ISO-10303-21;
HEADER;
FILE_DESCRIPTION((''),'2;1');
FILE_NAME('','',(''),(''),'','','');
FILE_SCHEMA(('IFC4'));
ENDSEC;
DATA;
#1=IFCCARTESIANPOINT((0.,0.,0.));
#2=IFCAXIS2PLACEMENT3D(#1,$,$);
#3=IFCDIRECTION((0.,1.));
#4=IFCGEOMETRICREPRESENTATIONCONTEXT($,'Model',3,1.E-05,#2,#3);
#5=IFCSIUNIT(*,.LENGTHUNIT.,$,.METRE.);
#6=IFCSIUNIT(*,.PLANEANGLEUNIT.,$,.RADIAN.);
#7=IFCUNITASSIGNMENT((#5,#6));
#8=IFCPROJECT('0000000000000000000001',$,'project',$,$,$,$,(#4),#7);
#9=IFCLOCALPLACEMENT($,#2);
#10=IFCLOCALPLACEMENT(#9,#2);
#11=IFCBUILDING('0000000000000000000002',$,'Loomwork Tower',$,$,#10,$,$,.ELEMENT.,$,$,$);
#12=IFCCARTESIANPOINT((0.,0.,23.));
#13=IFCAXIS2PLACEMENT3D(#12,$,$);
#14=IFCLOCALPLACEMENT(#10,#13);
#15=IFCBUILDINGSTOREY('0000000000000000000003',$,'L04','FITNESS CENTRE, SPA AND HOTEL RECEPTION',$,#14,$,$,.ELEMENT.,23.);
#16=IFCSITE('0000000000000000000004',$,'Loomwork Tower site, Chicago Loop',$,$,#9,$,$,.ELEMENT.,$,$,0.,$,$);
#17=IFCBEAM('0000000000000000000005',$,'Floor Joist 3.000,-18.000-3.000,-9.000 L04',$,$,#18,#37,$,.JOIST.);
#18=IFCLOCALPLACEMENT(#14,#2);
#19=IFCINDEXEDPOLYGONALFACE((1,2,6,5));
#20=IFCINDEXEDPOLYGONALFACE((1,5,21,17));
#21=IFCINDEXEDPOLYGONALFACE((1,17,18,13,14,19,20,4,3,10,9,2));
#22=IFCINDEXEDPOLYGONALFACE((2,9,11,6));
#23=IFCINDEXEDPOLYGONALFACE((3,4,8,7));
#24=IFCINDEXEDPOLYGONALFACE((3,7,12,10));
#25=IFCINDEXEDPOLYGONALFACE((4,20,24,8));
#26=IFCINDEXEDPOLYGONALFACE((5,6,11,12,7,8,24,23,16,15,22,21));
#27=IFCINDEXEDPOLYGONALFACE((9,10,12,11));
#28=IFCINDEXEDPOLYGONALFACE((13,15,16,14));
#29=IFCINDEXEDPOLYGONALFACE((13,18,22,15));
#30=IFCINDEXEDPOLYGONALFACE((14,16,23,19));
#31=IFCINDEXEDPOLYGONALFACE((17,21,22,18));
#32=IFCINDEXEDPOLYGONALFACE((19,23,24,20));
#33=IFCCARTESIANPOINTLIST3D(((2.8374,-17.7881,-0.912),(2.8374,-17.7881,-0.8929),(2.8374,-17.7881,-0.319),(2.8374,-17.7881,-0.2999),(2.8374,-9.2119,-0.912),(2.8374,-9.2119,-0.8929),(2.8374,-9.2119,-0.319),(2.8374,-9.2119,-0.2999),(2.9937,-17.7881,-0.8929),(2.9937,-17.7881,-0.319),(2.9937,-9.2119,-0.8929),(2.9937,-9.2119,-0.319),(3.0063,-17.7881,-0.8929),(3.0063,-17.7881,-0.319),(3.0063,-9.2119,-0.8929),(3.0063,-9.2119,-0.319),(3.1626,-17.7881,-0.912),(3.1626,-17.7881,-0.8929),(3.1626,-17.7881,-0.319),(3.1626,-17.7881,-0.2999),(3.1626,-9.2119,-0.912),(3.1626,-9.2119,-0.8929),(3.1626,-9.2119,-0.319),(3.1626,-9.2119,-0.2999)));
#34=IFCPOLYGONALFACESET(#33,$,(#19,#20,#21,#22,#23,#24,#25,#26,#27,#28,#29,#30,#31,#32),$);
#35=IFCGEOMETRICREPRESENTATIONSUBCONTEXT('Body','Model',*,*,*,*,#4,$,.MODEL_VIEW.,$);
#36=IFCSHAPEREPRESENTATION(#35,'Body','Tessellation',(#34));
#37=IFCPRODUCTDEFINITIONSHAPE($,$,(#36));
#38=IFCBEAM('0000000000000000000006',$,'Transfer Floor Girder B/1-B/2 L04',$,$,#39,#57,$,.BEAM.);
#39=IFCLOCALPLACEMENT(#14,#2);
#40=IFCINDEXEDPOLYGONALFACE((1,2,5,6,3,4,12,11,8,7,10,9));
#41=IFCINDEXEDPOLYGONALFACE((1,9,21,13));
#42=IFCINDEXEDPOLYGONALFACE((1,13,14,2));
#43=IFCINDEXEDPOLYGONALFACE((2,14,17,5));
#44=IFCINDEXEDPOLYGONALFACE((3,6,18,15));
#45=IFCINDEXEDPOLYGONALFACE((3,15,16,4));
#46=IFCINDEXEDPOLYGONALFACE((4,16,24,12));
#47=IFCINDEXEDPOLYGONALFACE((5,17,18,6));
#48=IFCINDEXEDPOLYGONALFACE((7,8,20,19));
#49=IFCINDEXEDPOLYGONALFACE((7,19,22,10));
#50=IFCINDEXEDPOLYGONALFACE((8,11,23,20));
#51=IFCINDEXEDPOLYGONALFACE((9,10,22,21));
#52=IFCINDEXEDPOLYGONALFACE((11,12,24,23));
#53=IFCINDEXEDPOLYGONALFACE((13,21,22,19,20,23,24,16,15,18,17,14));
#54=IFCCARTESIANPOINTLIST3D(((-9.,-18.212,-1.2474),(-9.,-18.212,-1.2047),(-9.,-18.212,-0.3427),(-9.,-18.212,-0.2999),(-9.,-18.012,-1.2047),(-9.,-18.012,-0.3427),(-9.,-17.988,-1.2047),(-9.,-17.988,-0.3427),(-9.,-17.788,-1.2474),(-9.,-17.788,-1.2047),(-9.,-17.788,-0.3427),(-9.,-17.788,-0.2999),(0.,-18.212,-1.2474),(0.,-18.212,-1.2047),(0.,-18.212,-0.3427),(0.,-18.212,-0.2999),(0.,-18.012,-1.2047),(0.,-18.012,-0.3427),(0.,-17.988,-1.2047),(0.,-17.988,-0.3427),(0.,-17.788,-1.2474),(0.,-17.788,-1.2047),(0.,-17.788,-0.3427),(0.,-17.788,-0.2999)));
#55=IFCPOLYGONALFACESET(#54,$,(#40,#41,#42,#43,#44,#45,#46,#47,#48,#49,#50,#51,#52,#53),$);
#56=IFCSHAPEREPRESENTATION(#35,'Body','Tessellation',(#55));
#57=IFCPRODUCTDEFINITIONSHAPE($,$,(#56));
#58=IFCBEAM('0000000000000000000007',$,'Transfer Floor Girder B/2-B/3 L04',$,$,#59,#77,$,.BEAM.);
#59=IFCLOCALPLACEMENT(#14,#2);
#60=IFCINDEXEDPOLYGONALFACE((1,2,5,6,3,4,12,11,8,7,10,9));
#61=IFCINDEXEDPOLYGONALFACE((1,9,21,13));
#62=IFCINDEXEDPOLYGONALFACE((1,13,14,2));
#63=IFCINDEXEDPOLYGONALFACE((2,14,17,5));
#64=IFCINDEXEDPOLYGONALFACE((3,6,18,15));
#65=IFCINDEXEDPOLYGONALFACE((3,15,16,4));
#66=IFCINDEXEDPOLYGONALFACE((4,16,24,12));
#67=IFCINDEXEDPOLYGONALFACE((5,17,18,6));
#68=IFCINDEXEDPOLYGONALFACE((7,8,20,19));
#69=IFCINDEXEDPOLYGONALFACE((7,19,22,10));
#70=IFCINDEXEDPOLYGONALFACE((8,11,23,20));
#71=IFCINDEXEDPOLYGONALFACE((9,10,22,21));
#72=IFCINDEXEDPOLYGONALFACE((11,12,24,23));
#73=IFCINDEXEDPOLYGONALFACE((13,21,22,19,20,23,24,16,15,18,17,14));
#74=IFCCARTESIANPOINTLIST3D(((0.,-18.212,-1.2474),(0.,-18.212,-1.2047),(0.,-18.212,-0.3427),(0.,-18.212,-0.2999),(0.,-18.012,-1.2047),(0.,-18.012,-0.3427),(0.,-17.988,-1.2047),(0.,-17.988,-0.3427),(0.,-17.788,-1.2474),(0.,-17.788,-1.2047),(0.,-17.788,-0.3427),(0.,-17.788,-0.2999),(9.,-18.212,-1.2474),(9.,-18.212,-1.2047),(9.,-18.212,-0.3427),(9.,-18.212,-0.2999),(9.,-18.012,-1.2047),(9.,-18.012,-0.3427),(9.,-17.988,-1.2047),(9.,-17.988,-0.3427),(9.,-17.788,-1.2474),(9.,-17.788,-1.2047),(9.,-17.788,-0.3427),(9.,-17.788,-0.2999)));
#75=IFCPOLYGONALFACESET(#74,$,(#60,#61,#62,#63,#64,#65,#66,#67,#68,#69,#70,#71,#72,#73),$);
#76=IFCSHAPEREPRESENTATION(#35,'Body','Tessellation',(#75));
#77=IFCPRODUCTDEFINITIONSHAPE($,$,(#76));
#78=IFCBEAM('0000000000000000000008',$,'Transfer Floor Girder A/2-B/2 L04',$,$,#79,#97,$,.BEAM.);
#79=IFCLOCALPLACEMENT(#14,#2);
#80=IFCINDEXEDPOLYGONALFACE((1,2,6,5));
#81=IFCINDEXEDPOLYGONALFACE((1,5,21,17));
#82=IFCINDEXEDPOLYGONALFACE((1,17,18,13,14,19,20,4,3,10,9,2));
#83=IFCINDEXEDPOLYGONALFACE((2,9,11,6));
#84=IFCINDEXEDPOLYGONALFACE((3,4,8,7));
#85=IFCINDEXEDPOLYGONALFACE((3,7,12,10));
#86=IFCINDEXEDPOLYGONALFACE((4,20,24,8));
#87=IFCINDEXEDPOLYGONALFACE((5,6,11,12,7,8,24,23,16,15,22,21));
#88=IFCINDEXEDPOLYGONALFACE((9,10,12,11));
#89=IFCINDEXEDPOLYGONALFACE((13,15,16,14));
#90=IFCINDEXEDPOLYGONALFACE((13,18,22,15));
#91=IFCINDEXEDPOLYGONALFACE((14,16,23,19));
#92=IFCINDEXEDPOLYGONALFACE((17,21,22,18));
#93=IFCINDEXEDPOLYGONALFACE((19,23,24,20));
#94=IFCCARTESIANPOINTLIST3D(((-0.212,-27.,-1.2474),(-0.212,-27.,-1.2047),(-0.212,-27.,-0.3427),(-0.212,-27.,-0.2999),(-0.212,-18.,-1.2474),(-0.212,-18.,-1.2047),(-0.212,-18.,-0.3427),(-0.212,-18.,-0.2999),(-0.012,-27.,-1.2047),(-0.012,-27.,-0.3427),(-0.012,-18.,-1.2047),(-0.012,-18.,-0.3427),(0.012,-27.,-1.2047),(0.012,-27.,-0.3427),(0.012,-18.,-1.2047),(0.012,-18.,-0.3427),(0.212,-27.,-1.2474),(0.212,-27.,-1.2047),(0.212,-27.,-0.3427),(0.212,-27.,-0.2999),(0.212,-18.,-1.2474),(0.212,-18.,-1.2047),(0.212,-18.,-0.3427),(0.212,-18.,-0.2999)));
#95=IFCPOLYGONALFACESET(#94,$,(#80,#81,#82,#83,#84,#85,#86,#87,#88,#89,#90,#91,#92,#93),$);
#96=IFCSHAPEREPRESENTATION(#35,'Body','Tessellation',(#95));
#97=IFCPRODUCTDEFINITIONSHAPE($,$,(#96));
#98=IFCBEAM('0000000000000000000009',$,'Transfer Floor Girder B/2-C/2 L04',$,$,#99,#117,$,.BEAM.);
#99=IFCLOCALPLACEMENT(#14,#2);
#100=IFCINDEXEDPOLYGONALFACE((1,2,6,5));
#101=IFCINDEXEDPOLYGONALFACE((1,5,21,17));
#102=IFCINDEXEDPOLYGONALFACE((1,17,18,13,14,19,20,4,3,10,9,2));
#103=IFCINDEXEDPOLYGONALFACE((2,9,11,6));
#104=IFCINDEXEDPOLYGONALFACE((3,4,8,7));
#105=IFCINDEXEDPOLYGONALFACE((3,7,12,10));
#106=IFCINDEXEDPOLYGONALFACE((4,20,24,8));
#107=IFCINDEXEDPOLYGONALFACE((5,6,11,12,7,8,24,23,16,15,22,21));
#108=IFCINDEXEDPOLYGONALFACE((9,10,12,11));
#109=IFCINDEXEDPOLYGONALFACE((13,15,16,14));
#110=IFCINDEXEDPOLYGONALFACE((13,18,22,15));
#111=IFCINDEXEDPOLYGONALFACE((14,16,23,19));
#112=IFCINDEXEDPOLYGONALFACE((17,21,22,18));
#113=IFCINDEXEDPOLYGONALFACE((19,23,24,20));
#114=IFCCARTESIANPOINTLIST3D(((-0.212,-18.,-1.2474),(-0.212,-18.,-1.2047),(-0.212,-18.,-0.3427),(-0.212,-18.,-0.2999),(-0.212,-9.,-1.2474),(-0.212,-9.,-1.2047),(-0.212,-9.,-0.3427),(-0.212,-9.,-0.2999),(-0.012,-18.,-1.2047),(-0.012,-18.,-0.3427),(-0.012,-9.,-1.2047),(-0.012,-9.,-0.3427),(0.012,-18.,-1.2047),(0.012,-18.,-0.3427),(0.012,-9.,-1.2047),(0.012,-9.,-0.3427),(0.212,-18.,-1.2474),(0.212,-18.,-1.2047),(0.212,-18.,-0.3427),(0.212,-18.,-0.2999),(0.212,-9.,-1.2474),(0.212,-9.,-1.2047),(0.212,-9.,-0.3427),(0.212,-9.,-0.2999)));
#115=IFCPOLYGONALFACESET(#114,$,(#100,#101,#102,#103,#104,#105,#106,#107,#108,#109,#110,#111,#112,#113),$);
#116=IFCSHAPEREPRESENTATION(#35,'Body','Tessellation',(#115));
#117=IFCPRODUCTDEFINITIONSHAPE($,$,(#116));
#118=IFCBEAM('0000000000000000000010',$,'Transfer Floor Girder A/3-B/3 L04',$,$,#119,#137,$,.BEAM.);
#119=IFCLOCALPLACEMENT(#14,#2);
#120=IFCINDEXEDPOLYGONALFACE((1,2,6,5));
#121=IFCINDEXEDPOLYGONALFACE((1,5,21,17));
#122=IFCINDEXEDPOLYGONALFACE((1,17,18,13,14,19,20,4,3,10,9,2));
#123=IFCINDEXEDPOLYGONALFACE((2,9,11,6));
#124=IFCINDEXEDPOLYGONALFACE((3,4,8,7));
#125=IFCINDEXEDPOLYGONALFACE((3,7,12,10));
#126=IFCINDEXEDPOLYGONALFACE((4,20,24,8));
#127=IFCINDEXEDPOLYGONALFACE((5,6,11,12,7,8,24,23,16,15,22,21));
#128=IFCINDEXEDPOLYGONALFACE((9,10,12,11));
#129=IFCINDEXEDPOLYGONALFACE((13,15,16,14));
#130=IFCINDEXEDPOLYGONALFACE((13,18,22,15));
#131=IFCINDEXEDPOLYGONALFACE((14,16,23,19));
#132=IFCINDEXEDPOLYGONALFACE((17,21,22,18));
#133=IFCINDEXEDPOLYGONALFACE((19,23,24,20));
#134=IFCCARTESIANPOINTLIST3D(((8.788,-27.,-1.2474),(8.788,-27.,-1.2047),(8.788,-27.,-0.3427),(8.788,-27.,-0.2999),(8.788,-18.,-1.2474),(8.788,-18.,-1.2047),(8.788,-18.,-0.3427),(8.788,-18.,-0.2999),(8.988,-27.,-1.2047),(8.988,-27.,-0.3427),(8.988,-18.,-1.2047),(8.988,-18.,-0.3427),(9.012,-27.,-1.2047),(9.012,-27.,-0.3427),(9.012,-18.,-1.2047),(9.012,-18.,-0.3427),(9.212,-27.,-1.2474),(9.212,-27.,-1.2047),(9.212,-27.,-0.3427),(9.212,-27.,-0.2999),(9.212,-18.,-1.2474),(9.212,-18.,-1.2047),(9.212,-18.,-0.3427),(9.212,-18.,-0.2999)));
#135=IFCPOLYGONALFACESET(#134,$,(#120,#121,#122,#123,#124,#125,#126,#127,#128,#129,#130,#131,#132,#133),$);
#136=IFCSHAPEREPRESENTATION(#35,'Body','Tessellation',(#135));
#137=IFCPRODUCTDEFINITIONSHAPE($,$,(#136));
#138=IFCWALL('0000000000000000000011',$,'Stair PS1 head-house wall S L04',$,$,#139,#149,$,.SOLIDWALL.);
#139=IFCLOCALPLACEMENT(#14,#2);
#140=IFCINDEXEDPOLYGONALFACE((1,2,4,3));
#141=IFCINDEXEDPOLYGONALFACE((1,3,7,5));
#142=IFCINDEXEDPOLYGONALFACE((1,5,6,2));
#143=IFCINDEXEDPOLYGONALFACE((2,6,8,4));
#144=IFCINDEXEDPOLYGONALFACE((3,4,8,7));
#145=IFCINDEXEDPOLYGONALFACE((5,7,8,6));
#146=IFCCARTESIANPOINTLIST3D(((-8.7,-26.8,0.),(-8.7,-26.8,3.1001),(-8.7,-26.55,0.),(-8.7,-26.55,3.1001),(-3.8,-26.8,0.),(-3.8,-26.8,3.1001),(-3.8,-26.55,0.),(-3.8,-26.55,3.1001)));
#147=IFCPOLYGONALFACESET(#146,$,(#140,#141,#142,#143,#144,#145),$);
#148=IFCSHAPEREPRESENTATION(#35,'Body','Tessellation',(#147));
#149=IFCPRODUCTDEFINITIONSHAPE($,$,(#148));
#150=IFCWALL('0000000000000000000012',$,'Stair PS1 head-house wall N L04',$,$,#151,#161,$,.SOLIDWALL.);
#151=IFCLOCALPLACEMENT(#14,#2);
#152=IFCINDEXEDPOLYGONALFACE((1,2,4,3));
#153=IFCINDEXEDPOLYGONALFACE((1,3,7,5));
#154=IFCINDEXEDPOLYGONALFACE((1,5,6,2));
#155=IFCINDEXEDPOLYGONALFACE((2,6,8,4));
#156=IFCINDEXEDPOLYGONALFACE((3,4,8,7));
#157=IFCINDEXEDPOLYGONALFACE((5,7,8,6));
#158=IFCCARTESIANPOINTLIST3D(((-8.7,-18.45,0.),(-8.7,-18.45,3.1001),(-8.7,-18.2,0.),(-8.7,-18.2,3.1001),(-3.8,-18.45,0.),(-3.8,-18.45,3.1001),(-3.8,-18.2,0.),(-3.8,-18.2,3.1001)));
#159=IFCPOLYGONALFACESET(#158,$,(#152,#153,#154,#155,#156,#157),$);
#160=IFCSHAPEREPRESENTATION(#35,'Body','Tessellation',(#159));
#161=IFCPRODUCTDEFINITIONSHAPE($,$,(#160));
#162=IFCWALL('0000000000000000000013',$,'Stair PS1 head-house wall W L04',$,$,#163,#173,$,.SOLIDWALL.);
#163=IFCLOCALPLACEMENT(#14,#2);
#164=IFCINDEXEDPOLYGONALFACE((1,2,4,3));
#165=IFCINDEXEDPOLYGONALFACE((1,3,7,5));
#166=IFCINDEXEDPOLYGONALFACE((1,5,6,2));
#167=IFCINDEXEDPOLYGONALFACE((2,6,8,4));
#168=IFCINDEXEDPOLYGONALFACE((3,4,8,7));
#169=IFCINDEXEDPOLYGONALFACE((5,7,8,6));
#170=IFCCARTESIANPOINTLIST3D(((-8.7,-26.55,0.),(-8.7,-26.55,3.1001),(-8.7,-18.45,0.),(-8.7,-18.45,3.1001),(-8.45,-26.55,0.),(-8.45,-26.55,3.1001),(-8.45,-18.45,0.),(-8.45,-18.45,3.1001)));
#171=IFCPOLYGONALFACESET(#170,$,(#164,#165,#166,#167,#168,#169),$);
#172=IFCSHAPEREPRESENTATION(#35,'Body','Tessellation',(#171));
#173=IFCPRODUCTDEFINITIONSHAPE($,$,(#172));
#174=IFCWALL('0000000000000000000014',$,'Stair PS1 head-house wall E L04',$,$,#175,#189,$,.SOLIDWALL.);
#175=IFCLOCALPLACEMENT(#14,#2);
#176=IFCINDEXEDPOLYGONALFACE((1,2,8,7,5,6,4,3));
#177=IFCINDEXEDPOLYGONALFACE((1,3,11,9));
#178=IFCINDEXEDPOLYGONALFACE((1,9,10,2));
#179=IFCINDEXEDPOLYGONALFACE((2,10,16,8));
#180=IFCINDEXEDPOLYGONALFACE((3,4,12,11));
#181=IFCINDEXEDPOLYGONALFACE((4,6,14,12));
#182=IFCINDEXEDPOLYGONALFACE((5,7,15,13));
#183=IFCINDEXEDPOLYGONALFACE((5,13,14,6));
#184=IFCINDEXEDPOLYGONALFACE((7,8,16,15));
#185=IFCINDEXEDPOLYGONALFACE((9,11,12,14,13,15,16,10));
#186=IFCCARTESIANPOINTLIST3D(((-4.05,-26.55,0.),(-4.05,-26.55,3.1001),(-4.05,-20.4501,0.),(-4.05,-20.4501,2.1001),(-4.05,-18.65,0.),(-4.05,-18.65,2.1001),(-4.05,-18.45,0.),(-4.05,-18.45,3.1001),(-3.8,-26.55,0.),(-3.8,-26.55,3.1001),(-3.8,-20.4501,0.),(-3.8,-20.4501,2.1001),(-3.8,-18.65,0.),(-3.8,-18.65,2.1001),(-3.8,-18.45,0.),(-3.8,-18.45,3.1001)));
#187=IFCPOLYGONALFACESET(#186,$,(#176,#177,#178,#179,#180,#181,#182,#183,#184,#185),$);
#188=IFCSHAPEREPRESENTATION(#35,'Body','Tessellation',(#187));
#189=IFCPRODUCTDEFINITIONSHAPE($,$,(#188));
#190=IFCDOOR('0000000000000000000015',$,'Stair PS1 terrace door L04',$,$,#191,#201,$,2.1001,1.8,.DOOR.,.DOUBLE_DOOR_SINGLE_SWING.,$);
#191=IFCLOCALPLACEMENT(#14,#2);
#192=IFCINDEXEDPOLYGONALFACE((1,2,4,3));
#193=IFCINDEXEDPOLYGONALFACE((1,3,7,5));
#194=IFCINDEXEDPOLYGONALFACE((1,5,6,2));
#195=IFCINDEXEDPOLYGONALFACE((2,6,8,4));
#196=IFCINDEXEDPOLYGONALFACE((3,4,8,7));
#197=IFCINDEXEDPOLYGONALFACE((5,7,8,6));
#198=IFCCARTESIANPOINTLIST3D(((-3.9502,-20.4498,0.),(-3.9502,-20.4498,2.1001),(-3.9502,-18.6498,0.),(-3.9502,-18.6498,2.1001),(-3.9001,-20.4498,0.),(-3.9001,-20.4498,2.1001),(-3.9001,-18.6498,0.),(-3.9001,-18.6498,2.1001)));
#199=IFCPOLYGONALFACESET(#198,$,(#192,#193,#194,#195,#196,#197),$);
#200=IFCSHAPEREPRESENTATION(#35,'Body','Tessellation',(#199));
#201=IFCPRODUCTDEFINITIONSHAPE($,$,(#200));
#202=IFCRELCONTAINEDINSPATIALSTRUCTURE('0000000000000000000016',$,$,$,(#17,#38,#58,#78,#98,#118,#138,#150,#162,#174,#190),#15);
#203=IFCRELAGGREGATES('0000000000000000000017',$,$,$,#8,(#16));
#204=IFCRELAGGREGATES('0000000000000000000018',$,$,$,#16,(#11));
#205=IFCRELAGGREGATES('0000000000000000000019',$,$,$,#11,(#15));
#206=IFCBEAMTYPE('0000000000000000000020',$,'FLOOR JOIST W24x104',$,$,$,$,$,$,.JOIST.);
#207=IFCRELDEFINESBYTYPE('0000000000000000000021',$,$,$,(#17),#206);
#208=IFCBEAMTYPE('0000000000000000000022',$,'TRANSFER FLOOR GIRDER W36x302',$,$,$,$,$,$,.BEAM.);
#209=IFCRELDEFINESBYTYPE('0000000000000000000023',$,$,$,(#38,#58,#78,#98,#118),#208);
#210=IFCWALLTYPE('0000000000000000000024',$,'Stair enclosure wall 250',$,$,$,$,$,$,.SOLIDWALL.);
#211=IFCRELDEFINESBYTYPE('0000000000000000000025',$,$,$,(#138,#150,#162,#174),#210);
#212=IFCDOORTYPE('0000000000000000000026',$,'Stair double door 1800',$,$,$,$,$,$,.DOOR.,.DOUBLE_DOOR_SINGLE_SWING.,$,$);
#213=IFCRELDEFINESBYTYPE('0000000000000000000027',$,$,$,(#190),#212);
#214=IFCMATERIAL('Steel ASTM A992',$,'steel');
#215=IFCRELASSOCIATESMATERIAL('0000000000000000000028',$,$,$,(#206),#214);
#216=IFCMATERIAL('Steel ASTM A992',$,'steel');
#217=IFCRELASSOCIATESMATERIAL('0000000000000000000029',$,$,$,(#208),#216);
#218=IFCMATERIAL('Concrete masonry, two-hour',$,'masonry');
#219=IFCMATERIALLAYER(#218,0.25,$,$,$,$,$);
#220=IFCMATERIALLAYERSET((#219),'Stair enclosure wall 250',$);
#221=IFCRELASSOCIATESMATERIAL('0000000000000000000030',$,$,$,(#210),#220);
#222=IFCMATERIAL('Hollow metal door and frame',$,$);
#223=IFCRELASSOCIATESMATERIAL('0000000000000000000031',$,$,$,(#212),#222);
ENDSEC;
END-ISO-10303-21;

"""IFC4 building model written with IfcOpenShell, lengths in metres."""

from ifc_helpers import new_model, si_unit, direction, frame, frame_2d, origin, origin_2d, place, context, subcontext, project, spatial, rectangle, i_section, extrude, material, layer, layer_set, material_profile, profile_set, type_object, element, fill, save


model = new_model("IFC4")

# Units and contexts
model_context = context("Model", 3, precision=1e-05, world=origin(), true_north=direction((0.0, 1.0)))
body_context = subcontext(model_context, "Body", "Model", "MODEL_VIEW")
ifc_project = project(units=[si_unit("LENGTHUNIT", "METRE"), si_unit("PLANEANGLEUNIT", "RADIAN")], contexts=[model_context])

# Site, building, storey
site_placement = place(None, origin())
site = spatial("IfcSite", under=ifc_project, at=site_placement, Name="Loomwork Tower site, Chicago Loop", CompositionType="ELEMENT", RefElevation=0.0)
building_placement = place(site_placement, origin())
building = spatial("IfcBuilding", under=site, at=building_placement, Name="Loomwork Tower", CompositionType="ELEMENT")
storey_placement = place(building_placement, frame((0.0, 0.0, 23.0)))
storey = spatial("IfcBuildingStorey", under=building, at=storey_placement, Name="L04", Description="FITNESS CENTRE, SPA AND HOTEL RECEPTION", CompositionType="ELEMENT", Elevation=23.0)

# Beams
ifc_material_1 = material(Name="Steel ASTM A992", Category="steel")
ifc_material_profile_1 = material_profile(ifc_material_1, i_section(OverallWidth=0.3252, OverallDepth=0.6121, WebThickness=0.0127, FlangeThickness=0.019, at=origin_2d()), Name="W24x104")
ifc_profile_set_1 = profile_set([ifc_material_profile_1], Name="Steel ASTM A992")
beam_type_1 = type_object("IfcBeamType", Name="FLOOR JOIST W24x104", PredefinedType="JOIST", material=ifc_profile_set_1)
beam_placement = place(storey_placement, frame((3.0, -17.7881, -0.606), z_axis=(0.0, 1.0, 0.0), x_axis=(-1.0, 0.0, 0.0)))
element("IfcBeam", 1, at=beam_placement, inside=storey, type_object=beam_type_1, Name="Floor Joist 3.000,-18.000-3.000,-9.000 L04", PredefinedType="JOIST", context=body_context, shape_type="SweptSolid", body=[
    extrude(i_section(OverallWidth=0.3252, OverallDepth=0.6121, WebThickness=0.0127, FlangeThickness=0.019, at=origin_2d()), origin(), (0.0, 0.0, 1.0), 8.5762),
])
ifc_material_2 = material(Name="Steel ASTM A992", Category="steel")
ifc_material_profile_2 = material_profile(ifc_material_2, i_section(OverallWidth=0.4241, OverallDepth=0.9475, WebThickness=0.0239, FlangeThickness=0.0427, at=origin_2d()), Name="W36x302")
ifc_profile_set_2 = profile_set([ifc_material_profile_2], Name="Steel ASTM A992")
beam_type_2 = type_object("IfcBeamType", Name="TRANSFER FLOOR GIRDER W36x302", PredefinedType="BEAM", material=ifc_profile_set_2)
for number, where, z_axis, x_axis, name in (
    (2, (-9.0, -18.0, -0.7737), (1.0, 0.0, 0.0), (0.0, 1.0, 0.0), "Transfer Floor Girder B/1-B/2 L04"),
    (3, (0.0, -18.0, -0.7737), (1.0, 0.0, 0.0), (0.0, 1.0, 0.0), "Transfer Floor Girder B/2-B/3 L04"),
    (4, (0.0, -27.0, -0.7737), (0.0, 1.0, 0.0), (-1.0, 0.0, 0.0), "Transfer Floor Girder A/2-B/2 L04"),
    (5, (0.0, -18.0, -0.7737), (0.0, 1.0, 0.0), (-1.0, 0.0, 0.0), "Transfer Floor Girder B/2-C/2 L04"),
    (6, (9.0, -27.0, -0.7737), (0.0, 1.0, 0.0), (-1.0, 0.0, 0.0), "Transfer Floor Girder A/3-B/3 L04"),
):
    element("IfcBeam", number, at=place(storey_placement, frame(where, z_axis=z_axis, x_axis=x_axis)), inside=storey, type_object=beam_type_2, Name=name, PredefinedType="BEAM", context=body_context, shape_type="SweptSolid", body=[
        extrude(i_section(OverallWidth=0.4241, OverallDepth=0.9475, WebThickness=0.0239, FlangeThickness=0.0427, at=origin_2d()), origin(), (0.0, 0.0, 1.0), 9.0),
    ])

# Walls
ifc_material_3 = material(Name="Concrete masonry, two-hour", Category="masonry")
ifc_layer = layer(ifc_material_3, 0.25)
ifc_layer_set = layer_set([ifc_layer], Name="Stair enclosure wall 250")
wall_type = type_object("IfcWallType", Name="Stair enclosure wall 250", PredefinedType="SOLIDWALL", material=ifc_layer_set)
for number, where, z_axis, x_axis, name in (
    (7, (-8.7, -26.675, 0.0), (0.0, 0.0, 1.0), (1.0, 0.0, 0.0), "Stair PS1 head-house wall S L04"),
    (8, (-8.7, -18.325, 0.0), (0.0, 0.0, 1.0), (1.0, 0.0, 0.0), "Stair PS1 head-house wall N L04"),
):
    element("IfcWall", number, at=place(storey_placement, frame(where, z_axis=z_axis, x_axis=x_axis)), inside=storey, type_object=wall_type, Name=name, PredefinedType="SOLIDWALL", context=body_context, shape_type="SweptSolid", body=[
        extrude(rectangle(XDim=4.8999, YDim=0.25, at=frame_2d((2.45, 0.0))), origin(), (0.0, 0.0, 1.0), 3.1001),
    ])
wall_1_placement = place(storey_placement, frame((-8.575, -26.55, 0.0), z_axis=(0.0, 0.0, 1.0), x_axis=(0.0, 1.0, 0.0)))
element("IfcWall", 9, at=wall_1_placement, inside=storey, type_object=wall_type, Name="Stair PS1 head-house wall W L04", PredefinedType="SOLIDWALL", context=body_context, shape_type="SweptSolid", body=[
    extrude(rectangle(XDim=8.1001, YDim=0.25, at=frame_2d((4.05, 0.0))), origin(), (0.0, 0.0, 1.0), 3.1001),
])

# Wall, opening, door
wall_2_placement = place(storey_placement, frame((-3.925, -26.55, 0.0), z_axis=(0.0, 0.0, 1.0), x_axis=(0.0, 1.0, 0.0)))
wall_2 = element("IfcWall", 10, at=wall_2_placement, inside=storey, type_object=wall_type, Name="Stair PS1 head-house wall E L04", PredefinedType="SOLIDWALL", context=body_context, shape_type="SweptSolid", body=[
    extrude(rectangle(XDim=8.1001, YDim=0.25, at=frame_2d((4.05, 0.0))), origin(), (0.0, 0.0, 1.0), 3.1001),
])
opening_placement = place(wall_2_placement, frame((6.1001, 0.0, 0.0)))
opening = element("IfcOpeningElement", 11, at=opening_placement, cuts=wall_2, PredefinedType="OPENING", context=body_context, shape_type="SweptSolid", body=[
    extrude(rectangle(XDim=1.8, YDim=2.1001, at=frame_2d((0.8999, 1.05))), frame((0.0, 0.135, 0.0), z_axis=(0.0, -1.0, 0.0), x_axis=(1.0, 0.0, 0.0)), (0.0, 0.0, 1.0), 0.27),
])
ifc_material_4 = material(Name="Hollow metal door and frame")
door_type = type_object("IfcDoorType", Name="Stair double door 1800", OperationType="DOUBLE_DOOR_SINGLE_SWING", PredefinedType="DOOR", material=ifc_material_4)
door_placement = place(opening_placement, frame((1.8, 0.0, 0.0), z_axis=(0.0, 0.0, 1.0), x_axis=(-1.0, 0.0, 0.0)))
door = element("IfcDoor", 12, at=door_placement, inside=storey, type_object=door_type, Name="Stair PS1 terrace door L04", OperationType="DOUBLE_DOOR_SINGLE_SWING", OverallHeight=2.1001, OverallWidth=1.8, PredefinedType="DOOR", context=body_context, shape_type="SweptSolid", body=[
    extrude(rectangle(XDim=1.8, YDim=2.1001, at=frame_2d((0.8999, 1.05))), frame((0.0, 0.0249, 0.0), z_axis=(0.0, -1.0, 0.0), x_axis=(1.0, 0.0, 0.0)), (0.0, 0.0, 1.0), 0.05),
])
fill(opening, door)

save(model, "model.ifc")
